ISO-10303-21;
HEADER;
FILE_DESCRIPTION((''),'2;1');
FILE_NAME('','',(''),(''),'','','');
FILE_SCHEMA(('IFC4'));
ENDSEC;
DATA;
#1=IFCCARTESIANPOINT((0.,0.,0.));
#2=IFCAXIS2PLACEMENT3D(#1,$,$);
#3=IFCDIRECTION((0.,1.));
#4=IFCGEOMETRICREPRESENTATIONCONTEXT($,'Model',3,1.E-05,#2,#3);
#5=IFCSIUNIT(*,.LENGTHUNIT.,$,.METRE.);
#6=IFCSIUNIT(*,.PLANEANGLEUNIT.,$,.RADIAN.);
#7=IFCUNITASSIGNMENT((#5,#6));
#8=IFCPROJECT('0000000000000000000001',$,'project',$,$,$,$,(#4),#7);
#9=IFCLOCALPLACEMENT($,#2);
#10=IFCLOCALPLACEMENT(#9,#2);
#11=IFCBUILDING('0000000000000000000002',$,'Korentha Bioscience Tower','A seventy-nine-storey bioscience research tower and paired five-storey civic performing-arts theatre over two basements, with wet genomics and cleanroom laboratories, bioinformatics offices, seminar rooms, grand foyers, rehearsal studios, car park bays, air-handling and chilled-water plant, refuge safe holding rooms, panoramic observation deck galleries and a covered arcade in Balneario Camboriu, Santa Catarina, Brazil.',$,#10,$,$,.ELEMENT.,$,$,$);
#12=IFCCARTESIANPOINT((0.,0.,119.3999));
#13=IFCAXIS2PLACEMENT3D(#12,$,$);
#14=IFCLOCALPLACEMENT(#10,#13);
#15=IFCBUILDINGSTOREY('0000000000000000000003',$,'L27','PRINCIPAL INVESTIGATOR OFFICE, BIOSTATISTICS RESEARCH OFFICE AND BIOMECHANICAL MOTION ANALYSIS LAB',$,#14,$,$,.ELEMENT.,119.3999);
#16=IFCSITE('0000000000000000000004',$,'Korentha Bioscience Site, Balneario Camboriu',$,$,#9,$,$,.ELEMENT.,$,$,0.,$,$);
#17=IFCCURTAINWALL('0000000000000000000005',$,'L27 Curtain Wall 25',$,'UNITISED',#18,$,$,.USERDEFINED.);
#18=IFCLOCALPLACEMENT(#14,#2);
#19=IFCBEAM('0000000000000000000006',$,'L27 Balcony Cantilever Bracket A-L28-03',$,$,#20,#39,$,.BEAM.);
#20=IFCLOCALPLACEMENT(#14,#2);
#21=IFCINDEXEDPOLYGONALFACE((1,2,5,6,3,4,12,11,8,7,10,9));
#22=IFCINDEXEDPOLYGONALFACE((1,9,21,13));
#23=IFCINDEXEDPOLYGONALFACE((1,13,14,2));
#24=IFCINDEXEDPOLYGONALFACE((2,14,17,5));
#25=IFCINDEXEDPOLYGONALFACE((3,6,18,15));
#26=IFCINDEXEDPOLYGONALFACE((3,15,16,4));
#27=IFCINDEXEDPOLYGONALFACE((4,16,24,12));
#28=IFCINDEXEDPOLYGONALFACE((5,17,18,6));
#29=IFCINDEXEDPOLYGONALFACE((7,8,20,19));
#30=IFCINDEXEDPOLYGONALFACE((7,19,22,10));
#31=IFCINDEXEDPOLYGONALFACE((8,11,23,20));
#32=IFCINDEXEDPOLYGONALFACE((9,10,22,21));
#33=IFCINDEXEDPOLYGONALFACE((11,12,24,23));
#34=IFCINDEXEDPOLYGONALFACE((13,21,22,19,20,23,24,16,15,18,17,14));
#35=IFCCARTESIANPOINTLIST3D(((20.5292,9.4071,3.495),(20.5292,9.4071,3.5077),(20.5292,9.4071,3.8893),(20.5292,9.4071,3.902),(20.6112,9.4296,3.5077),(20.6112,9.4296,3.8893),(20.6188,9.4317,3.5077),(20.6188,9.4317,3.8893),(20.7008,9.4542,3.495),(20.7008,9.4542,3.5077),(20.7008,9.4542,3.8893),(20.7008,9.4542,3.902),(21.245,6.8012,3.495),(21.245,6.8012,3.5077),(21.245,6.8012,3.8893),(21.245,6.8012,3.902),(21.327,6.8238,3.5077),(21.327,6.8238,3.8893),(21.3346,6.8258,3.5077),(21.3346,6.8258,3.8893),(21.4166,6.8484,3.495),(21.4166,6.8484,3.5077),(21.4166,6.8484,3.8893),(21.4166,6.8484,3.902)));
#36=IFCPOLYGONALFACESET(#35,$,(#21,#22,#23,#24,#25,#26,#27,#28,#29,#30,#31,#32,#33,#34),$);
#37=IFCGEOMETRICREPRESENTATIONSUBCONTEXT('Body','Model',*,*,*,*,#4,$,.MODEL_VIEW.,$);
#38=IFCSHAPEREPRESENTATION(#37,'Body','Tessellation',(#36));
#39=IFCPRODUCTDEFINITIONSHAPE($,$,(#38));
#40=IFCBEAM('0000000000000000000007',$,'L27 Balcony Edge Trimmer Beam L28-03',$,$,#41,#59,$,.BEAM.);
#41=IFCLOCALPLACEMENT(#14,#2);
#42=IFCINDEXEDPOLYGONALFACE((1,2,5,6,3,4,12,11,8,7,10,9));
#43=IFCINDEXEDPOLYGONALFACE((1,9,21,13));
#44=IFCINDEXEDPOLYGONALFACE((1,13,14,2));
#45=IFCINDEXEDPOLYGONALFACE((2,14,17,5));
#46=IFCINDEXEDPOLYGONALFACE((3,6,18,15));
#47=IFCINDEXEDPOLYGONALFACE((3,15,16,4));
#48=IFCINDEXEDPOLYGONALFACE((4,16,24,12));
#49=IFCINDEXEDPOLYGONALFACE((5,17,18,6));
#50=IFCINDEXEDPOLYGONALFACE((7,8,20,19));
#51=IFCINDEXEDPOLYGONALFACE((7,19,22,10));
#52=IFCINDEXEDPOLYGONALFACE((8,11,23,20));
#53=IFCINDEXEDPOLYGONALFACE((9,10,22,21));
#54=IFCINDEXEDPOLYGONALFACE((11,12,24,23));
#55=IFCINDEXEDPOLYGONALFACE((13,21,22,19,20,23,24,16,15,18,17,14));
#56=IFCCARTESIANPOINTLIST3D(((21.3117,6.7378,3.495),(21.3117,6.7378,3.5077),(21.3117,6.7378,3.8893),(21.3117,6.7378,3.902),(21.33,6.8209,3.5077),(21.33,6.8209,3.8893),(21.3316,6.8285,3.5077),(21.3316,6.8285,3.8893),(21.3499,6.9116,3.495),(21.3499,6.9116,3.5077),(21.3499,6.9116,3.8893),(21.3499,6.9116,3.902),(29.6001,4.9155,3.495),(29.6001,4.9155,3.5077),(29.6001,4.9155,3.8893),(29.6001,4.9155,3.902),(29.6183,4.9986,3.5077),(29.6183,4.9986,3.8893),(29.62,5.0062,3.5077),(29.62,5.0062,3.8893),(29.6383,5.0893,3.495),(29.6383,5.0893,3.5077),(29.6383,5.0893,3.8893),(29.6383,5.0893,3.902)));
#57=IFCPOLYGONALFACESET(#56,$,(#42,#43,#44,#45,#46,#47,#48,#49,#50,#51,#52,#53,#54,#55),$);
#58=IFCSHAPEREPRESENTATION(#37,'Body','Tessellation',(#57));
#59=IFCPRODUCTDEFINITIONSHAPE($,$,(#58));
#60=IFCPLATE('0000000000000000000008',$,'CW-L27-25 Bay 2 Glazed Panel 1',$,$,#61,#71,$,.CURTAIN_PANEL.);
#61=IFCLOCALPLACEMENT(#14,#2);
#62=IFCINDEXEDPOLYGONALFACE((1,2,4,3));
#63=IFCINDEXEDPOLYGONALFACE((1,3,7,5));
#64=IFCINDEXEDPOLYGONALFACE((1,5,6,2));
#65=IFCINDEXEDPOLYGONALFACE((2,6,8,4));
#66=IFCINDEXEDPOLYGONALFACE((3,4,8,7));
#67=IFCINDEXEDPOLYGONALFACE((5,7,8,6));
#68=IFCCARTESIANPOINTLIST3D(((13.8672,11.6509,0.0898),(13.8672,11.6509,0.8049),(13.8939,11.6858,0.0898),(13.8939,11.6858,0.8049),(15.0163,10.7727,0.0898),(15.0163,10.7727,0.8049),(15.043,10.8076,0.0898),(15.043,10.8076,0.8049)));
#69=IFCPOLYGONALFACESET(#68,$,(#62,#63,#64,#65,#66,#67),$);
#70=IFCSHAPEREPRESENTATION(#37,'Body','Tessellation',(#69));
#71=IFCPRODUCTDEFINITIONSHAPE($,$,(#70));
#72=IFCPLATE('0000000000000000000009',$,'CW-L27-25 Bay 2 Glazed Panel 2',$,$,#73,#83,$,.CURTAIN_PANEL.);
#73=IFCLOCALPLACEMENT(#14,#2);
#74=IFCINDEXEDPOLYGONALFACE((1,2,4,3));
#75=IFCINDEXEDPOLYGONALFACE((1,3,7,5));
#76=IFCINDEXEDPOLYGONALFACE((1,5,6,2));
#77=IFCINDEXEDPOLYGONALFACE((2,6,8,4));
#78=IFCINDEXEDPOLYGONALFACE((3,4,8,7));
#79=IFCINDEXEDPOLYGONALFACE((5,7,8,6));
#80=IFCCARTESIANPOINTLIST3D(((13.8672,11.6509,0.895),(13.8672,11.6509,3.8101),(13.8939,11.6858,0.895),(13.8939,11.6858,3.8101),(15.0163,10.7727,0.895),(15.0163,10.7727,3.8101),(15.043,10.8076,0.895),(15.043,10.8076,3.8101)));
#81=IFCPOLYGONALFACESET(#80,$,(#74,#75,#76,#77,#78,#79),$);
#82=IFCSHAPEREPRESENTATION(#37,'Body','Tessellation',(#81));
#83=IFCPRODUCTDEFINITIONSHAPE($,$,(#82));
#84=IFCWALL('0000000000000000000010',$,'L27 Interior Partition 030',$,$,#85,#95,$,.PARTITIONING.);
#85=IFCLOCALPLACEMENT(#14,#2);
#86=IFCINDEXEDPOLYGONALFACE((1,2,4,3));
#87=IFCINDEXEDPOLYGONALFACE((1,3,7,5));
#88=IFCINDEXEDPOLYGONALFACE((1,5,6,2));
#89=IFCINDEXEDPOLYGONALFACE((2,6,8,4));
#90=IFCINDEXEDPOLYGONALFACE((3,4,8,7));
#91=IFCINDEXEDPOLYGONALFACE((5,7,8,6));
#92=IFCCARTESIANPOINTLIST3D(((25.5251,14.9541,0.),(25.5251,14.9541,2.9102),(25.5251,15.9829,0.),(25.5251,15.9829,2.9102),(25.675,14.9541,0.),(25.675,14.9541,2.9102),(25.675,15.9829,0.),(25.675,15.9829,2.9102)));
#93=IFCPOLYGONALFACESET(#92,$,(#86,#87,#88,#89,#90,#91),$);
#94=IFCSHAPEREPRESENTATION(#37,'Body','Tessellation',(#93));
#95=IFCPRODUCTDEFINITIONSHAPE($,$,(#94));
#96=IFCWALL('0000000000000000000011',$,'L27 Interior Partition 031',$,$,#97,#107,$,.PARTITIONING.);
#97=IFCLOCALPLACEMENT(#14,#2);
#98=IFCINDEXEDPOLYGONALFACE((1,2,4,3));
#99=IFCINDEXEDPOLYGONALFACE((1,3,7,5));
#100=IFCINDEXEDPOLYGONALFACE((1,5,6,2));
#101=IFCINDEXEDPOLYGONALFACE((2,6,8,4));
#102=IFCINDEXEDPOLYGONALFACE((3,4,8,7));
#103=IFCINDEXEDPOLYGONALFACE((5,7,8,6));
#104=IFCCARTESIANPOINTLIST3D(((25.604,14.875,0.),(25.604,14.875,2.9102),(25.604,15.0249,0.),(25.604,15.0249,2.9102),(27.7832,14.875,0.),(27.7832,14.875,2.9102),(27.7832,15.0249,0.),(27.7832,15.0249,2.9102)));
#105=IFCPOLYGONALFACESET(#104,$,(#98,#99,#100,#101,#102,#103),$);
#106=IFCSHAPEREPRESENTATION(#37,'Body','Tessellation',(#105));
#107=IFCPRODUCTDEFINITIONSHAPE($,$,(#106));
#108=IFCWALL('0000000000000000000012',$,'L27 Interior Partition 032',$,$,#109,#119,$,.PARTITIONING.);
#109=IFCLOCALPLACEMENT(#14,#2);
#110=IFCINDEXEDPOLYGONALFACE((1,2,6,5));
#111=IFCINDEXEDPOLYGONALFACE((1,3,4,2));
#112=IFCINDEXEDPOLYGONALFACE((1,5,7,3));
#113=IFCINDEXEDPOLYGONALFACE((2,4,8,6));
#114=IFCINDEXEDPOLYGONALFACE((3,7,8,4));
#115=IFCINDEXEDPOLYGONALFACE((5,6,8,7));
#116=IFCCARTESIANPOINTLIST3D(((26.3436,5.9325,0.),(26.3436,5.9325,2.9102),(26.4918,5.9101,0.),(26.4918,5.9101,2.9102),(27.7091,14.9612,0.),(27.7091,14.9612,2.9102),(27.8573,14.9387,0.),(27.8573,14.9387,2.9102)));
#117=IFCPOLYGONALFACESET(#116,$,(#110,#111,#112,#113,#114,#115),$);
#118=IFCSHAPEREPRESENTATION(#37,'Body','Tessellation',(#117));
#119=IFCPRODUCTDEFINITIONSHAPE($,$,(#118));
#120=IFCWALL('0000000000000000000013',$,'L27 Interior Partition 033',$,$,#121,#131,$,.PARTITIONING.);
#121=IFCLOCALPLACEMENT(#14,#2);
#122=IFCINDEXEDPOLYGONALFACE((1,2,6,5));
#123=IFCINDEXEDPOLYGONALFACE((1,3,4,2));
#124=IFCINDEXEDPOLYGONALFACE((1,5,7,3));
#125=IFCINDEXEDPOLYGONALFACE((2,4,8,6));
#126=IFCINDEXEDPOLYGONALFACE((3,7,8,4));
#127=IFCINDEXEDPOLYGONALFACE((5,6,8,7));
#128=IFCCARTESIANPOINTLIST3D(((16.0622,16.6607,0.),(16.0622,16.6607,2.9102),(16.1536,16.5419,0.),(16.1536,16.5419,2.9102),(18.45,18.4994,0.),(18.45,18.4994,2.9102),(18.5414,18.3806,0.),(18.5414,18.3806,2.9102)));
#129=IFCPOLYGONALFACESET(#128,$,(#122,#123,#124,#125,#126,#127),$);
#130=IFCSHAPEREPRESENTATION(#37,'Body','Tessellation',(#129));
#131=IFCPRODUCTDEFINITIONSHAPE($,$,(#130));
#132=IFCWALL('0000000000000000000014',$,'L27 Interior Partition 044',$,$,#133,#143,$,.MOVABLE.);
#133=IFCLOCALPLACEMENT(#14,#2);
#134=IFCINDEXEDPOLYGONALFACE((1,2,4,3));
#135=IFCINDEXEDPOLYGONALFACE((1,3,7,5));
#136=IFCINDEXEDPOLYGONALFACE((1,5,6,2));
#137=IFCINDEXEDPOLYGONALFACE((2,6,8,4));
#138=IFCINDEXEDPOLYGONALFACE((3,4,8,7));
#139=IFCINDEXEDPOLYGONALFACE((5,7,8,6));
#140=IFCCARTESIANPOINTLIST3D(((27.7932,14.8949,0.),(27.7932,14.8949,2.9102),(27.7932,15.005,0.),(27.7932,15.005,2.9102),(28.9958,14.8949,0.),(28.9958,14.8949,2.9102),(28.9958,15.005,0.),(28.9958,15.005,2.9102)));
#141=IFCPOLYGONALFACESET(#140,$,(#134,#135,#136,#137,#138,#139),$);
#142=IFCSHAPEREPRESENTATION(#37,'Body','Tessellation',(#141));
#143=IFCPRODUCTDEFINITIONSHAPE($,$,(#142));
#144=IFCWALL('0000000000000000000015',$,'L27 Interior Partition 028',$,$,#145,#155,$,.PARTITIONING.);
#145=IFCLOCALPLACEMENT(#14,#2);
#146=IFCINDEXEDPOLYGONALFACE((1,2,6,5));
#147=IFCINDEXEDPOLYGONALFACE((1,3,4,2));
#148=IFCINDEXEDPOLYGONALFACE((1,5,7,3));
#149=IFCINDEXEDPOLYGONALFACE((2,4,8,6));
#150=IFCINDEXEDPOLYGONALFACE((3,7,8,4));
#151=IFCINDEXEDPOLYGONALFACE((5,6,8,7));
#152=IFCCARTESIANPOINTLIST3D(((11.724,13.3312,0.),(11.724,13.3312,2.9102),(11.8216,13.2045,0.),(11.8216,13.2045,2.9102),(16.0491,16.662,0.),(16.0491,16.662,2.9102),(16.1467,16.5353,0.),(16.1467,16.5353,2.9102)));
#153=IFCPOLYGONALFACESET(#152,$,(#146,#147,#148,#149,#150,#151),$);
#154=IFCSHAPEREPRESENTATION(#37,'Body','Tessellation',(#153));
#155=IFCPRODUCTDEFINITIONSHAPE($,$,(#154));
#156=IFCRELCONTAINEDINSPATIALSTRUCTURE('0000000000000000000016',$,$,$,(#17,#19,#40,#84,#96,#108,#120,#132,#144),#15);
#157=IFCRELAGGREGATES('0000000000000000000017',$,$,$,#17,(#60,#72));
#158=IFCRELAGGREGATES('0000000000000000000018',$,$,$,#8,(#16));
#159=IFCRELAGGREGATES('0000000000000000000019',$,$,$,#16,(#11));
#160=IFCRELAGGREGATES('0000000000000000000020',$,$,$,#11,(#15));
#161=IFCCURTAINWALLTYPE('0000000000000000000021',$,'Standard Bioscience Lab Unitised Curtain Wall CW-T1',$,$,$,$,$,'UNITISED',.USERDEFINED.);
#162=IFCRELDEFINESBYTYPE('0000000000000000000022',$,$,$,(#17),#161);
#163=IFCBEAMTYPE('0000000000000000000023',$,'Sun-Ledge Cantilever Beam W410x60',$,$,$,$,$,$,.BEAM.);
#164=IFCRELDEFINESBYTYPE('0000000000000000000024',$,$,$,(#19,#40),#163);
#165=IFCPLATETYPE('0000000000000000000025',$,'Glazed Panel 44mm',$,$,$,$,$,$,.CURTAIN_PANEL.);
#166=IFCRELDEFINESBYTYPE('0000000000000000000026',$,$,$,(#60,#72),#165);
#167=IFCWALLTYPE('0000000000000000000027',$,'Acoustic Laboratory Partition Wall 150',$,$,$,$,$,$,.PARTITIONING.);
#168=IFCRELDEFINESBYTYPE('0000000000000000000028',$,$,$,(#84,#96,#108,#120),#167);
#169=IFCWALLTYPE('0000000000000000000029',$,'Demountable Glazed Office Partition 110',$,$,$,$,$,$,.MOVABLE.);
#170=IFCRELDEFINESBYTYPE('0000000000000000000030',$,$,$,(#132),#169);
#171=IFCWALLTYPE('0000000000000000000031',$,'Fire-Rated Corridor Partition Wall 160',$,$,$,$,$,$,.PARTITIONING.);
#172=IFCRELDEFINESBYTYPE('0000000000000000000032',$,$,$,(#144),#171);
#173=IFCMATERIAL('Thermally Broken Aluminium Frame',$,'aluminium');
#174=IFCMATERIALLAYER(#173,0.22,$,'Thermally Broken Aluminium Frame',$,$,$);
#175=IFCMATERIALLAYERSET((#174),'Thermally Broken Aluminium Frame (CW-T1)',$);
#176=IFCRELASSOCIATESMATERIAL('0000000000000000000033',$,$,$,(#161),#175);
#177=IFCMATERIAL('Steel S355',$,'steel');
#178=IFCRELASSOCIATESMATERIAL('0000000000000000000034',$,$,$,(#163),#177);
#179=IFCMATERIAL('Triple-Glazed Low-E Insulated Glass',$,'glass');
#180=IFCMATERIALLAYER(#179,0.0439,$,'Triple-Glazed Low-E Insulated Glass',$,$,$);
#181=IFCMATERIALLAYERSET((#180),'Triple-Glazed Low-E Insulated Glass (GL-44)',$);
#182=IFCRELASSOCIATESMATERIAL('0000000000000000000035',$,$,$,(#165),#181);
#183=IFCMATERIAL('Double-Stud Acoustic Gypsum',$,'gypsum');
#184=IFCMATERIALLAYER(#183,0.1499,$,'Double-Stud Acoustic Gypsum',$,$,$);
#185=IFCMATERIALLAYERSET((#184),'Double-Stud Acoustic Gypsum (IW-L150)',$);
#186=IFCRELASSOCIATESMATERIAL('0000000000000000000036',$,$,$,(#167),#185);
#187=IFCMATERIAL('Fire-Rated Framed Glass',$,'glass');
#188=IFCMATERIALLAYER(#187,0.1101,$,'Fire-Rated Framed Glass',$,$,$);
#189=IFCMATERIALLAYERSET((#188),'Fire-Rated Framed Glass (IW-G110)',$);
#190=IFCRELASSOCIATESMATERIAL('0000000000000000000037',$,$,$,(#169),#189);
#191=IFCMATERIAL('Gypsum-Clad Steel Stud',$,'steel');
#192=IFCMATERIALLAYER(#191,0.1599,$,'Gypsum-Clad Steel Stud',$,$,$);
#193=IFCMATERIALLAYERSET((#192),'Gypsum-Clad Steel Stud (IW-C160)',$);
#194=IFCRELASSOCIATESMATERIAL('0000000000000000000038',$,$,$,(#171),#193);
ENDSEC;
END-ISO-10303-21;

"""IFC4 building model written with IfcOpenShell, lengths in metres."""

from ifc_helpers import new_model, si_unit, direction, frame, frame_2d, origin, origin_2d, place, context, subcontext, project, spatial, rectangle, i_section, extrude, material, layer, layer_set, material_profile, profile_set, type_object, element, aggregate, save


model = new_model("IFC4")

# Units and contexts
model_context = context("Model", 3, precision=1e-05, world=origin(), true_north=direction((0.0, 1.0)))
body_context = subcontext(model_context, "Body", "Model", "MODEL_VIEW")
ifc_project = project(units=[si_unit("LENGTHUNIT", "METRE"), si_unit("PLANEANGLEUNIT", "RADIAN")], contexts=[model_context])

# Site, building, storey
site_placement = place(None, origin())
site = spatial("IfcSite", under=ifc_project, at=site_placement, Name="Korentha Bioscience Site, Balneario Camboriu", CompositionType="ELEMENT", RefElevation=0.0)
building_placement = place(site_placement, origin())
building = spatial("IfcBuilding", under=site, at=building_placement, Name="Korentha Bioscience Tower", Description="A seventy-nine-storey bioscience research tower and paired five-storey civic performing-arts theatre over two basements, with wet genomics and cleanroom laboratories, bioinformatics offices, seminar rooms, grand foyers, rehearsal studios, car park bays, air-handling and chilled-water plant, refuge safe holding rooms, panoramic observation deck galleries and a covered arcade in Balneario Camboriu, Santa Catarina, Brazil.", CompositionType="ELEMENT")
storey_placement = place(building_placement, frame((0.0, 0.0, 119.3999)))
storey = spatial("IfcBuildingStorey", under=building, at=storey_placement, Name="L27", Description="PRINCIPAL INVESTIGATOR OFFICE, BIOSTATISTICS RESEARCH OFFICE AND BIOMECHANICAL MOTION ANALYSIS LAB", CompositionType="ELEMENT", Elevation=119.3999)

# Curtain wall
ifc_material_1 = material(Name="Thermally Broken Aluminium Frame", Category="aluminium")
ifc_layer_1 = layer(ifc_material_1, 0.22, Name="Thermally Broken Aluminium Frame")
ifc_layer_set_1 = layer_set([ifc_layer_1], Name="Thermally Broken Aluminium Frame (CW-T1)")
curtain_wall_type = type_object("IfcCurtainWallType", Name="Standard Bioscience Lab Unitised Curtain Wall CW-T1", ElementType="UNITISED", PredefinedType="USERDEFINED", material=ifc_layer_set_1)
curtain_wall_placement = place(storey_placement, origin())
curtain_wall = element("IfcCurtainWall", 1, at=curtain_wall_placement, inside=storey, type_object=curtain_wall_type, Name="L27 Curtain Wall 25", ObjectType="UNITISED", PredefinedType="USERDEFINED")

# Beams
ifc_material_2 = material(Name="Steel S355", Category="steel")
ifc_material_profile_1 = material_profile(ifc_material_2, i_section(OverallWidth=0.178, OverallDepth=0.407, WebThickness=0.0078, FlangeThickness=0.0127, at=origin_2d()), Name="Steel S355")
ifc_profile_set_1 = profile_set([ifc_material_profile_1], Name="Steel S355 (CB-410)")
beam_type_1 = type_object("IfcBeamType", Name="Sun-Ledge Cantilever Beam W410x60", PredefinedType="BEAM", material=ifc_profile_set_1)
beam_1_placement = place(storey_placement, frame((20.615, 9.4307, 3.6985), z_axis=(0.264875, -0.964283, 0.0), x_axis=(0.964283, 0.264875, 0.0)))
element("IfcBeam", 2, at=beam_1_placement, inside=storey, type_object=beam_type_1, Name="L27 Balcony Cantilever Bracket A-L28-03", PredefinedType="BEAM", context=body_context, shape_type="SweptSolid", body=[
    extrude(i_section(OverallWidth=0.178, OverallDepth=0.407, WebThickness=0.0078, FlangeThickness=0.0127, at=origin_2d()), origin(), (0.0, 0.0, 1.0), 2.7024),
])
beam_2_placement = place(storey_placement, frame((21.3308, 6.8247, 3.6985), z_axis=(0.976673, -0.214731, 0.0), x_axis=(0.214731, 0.976673, 0.0)))
element("IfcBeam", 3, at=beam_2_placement, inside=storey, type_object=beam_type_1, Name="L27 Balcony Edge Trimmer Beam L28-03", PredefinedType="BEAM", context=body_context, shape_type="SweptSolid", body=[
    extrude(i_section(OverallWidth=0.178, OverallDepth=0.407, WebThickness=0.0078, FlangeThickness=0.0127, at=origin_2d()), origin(), (0.0, 0.0, 1.0), 8.4863),
])

# Plates
ifc_material_3 = material(Name="Triple-Glazed Low-E Insulated Glass", Category="glass")
ifc_layer_2 = layer(ifc_material_3, 0.0439, Name="Triple-Glazed Low-E Insulated Glass")
ifc_layer_set_2 = layer_set([ifc_layer_2], Name="Triple-Glazed Low-E Insulated Glass (GL-44)")
plate_type = type_object("IfcPlateType", Name="Glazed Panel 44mm", PredefinedType="CURTAIN_PANEL", material=ifc_layer_set_2)
plate_1_placement = place(storey_placement, frame((14.4551, 11.2292, 0.0898), z_axis=(0.0, 0.0, 1.0), x_axis=(0.7945, -0.607265, 0.0)))
plate_1 = element("IfcPlate", 4, at=plate_1_placement, type_object=plate_type, Name="CW-L27-25 Bay 2 Glazed Panel 1", PredefinedType="CURTAIN_PANEL", context=body_context, shape_type="SweptSolid", body=[
    extrude(rectangle(XDim=1.4463, YDim=0.0439, at=origin_2d()), origin(), (0.0, 0.0, 1.0), 0.7151),
])
plate_2_placement = place(storey_placement, frame((14.4551, 11.2292, 0.895), z_axis=(0.0, 0.0, 1.0), x_axis=(0.7945, -0.607265, 0.0)))
plate_2 = element("IfcPlate", 5, at=plate_2_placement, type_object=plate_type, Name="CW-L27-25 Bay 2 Glazed Panel 2", PredefinedType="CURTAIN_PANEL", context=body_context, shape_type="SweptSolid", body=[
    extrude(rectangle(XDim=1.4463, YDim=0.0439, at=origin_2d()), origin(), (0.0, 0.0, 1.0), 2.915),
])
aggregate(curtain_wall, [plate_1, plate_2])

# Walls
ifc_material_4 = material(Name="Double-Stud Acoustic Gypsum", Category="gypsum")
ifc_layer_3 = layer(ifc_material_4, 0.1499, Name="Double-Stud Acoustic Gypsum")
ifc_layer_set_3 = layer_set([ifc_layer_3], Name="Double-Stud Acoustic Gypsum (IW-L150)")
wall_type_1 = type_object("IfcWallType", Name="Acoustic Laboratory Partition Wall 150", PredefinedType="PARTITIONING", material=ifc_layer_set_3)
wall_1_placement = place(storey_placement, frame((25.6001, 15.9829, 0.0), z_axis=(0.0, 0.0, 1.0), x_axis=(0.0, -1.0, 0.0)))
element("IfcWall", 6, at=wall_1_placement, inside=storey, type_object=wall_type_1, Name="L27 Interior Partition 030", PredefinedType="PARTITIONING", context=body_context, shape_type="SweptSolid", body=[
    extrude(rectangle(XDim=1.0288, YDim=0.1499, at=frame_2d((0.5144, 0.0))), origin(), (0.0, 0.0, 1.0), 2.9102),
])
wall_2_placement = place(storey_placement, frame((25.604, 14.95, 0.0), z_axis=(0.0, 0.0, 1.0), x_axis=(1.0, 0.0, 0.0)))
element("IfcWall", 7, at=wall_2_placement, inside=storey, type_object=wall_type_1, Name="L27 Interior Partition 031", PredefinedType="PARTITIONING", context=body_context, shape_type="SweptSolid", body=[
    extrude(rectangle(XDim=2.1792, YDim=0.1499, at=frame_2d((1.0896, 0.0))), origin(), (0.0, 0.0, 1.0), 2.9102),
])
wall_3_placement = place(storey_placement, frame((27.7832, 14.95, 0.0), z_axis=(0.0, 0.0, 1.0), x_axis=(-0.149539, -0.988756, 0.0)))
element("IfcWall", 8, at=wall_3_placement, inside=storey, type_object=wall_type_1, Name="L27 Interior Partition 032", PredefinedType="PARTITIONING", context=body_context, shape_type="SweptSolid", body=[
    extrude(rectangle(XDim=9.1313, YDim=0.1499, at=frame_2d((4.5657, 0.0))), origin(), (0.0, 0.0, 1.0), 2.9102),
])
wall_4_placement = place(storey_placement, frame((16.1079, 16.6013, 0.0), z_axis=(0.0, 0.0, 1.0), x_axis=(0.792314, 0.610114, 0.0)))
element("IfcWall", 9, at=wall_4_placement, inside=storey, type_object=wall_type_1, Name="L27 Interior Partition 033", PredefinedType="PARTITIONING", context=body_context, shape_type="SweptSolid", body=[
    extrude(rectangle(XDim=3.0137, YDim=0.1499, at=frame_2d((1.5068, 0.0))), origin(), (0.0, 0.0, 1.0), 2.9102),
])
ifc_material_5 = material(Name="Fire-Rated Framed Glass", Category="glass")
ifc_layer_4 = layer(ifc_material_5, 0.1101, Name="Fire-Rated Framed Glass")
ifc_layer_set_4 = layer_set([ifc_layer_4], Name="Fire-Rated Framed Glass (IW-G110)")
wall_type_2 = type_object("IfcWallType", Name="Demountable Glazed Office Partition 110", PredefinedType="MOVABLE", material=ifc_layer_set_4)
wall_5_placement = place(storey_placement, frame((27.7932, 14.95, 0.0), z_axis=(0.0, 0.0, 1.0), x_axis=(1.0, 0.0, 0.0)))
element("IfcWall", 10, at=wall_5_placement, inside=storey, type_object=wall_type_2, Name="L27 Interior Partition 044", PredefinedType="MOVABLE", context=body_context, shape_type="SweptSolid", body=[
    extrude(rectangle(XDim=1.2026, YDim=0.1101, at=frame_2d((0.6013, 0.0))), origin(), (0.0, 0.0, 1.0), 2.9102),
])
ifc_material_6 = material(Name="Gypsum-Clad Steel Stud", Category="steel")
ifc_layer_5 = layer(ifc_material_6, 0.1599, Name="Gypsum-Clad Steel Stud")
ifc_layer_set_5 = layer_set([ifc_layer_5], Name="Gypsum-Clad Steel Stud (IW-C160)")
wall_type_3 = type_object("IfcWallType", Name="Fire-Rated Corridor Partition Wall 160", PredefinedType="PARTITIONING", material=ifc_layer_set_5)
wall_6_placement = place(storey_placement, frame((16.0979, 16.5986, 0.0), z_axis=(0.0, 0.0, 1.0), x_axis=(-0.792293, -0.610141, 0.0)))
element("IfcWall", 11, at=wall_6_placement, inside=storey, type_object=wall_type_3, Name="L27 Interior Partition 028", PredefinedType="PARTITIONING", context=body_context, shape_type="SweptSolid", body=[
    extrude(rectangle(XDim=5.459, YDim=0.1599, at=frame_2d((2.7295, 0.0))), origin(), (0.0, 0.0, 1.0), 2.9102),
])

save(model, "model.ifc")
